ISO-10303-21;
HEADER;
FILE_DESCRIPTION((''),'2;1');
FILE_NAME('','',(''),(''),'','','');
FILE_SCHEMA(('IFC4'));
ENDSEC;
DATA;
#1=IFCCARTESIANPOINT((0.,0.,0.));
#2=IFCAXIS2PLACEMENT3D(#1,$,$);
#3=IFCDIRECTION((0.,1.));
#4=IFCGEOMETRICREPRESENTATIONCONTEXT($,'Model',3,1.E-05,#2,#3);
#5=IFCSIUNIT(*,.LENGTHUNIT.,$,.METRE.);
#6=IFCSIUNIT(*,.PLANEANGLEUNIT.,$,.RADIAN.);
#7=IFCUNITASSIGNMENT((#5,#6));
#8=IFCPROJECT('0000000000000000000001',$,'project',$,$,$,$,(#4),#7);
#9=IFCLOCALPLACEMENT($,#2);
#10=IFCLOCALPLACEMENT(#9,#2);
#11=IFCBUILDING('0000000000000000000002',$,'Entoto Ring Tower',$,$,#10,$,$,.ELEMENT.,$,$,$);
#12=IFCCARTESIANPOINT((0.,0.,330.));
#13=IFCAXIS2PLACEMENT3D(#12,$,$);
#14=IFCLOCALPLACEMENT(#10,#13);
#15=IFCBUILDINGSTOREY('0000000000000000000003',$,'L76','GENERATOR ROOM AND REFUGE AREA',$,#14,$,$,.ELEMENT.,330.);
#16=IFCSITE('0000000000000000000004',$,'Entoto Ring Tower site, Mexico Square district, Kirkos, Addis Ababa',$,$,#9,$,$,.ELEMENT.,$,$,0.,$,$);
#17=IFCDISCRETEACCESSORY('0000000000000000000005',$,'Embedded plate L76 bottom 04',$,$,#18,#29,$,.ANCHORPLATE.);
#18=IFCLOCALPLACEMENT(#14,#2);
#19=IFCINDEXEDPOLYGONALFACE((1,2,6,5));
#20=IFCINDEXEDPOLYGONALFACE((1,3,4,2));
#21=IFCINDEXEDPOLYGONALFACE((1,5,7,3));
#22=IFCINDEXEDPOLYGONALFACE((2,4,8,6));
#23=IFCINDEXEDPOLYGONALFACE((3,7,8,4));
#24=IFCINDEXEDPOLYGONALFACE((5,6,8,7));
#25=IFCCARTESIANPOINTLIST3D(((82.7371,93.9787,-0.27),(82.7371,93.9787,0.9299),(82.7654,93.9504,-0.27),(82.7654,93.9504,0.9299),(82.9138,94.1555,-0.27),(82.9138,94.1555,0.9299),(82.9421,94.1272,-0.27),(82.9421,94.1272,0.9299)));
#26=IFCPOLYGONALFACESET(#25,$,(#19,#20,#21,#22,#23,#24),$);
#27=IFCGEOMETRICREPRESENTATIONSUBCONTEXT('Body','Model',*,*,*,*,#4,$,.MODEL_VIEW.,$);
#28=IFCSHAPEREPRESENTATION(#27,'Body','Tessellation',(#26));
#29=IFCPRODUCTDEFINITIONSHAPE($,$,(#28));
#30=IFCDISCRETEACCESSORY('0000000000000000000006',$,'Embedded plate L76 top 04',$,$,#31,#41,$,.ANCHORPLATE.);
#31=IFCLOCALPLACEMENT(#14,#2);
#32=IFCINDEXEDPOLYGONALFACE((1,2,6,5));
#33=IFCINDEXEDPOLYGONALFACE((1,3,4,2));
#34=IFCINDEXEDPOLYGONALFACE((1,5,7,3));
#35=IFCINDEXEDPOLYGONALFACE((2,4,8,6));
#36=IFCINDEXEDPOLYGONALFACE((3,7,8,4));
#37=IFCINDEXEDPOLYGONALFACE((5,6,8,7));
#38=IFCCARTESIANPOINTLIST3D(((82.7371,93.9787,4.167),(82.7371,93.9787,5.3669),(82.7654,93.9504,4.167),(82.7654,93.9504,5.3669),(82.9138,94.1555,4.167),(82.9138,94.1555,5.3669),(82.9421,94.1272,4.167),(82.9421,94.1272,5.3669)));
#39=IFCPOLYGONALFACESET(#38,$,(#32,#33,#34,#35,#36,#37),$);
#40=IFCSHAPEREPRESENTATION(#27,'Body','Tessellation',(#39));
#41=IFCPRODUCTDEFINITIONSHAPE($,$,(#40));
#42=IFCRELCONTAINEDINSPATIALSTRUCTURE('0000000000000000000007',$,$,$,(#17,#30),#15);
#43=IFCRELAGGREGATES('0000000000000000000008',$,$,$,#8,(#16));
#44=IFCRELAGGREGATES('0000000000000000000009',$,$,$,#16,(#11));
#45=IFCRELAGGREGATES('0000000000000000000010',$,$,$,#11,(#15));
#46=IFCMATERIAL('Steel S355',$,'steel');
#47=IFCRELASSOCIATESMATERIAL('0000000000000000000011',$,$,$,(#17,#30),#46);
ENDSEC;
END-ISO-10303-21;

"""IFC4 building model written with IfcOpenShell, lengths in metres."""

from ifc_helpers import new_model, si_unit, direction, frame, origin, origin_2d, place, context, subcontext, project, spatial, rectangle, extrude, material, element, save


model = new_model("IFC4")

# Units and contexts
model_context = context("Model", 3, precision=1e-05, world=origin(), true_north=direction((0.0, 1.0)))
body_context = subcontext(model_context, "Body", "Model", "MODEL_VIEW")
ifc_project = project(units=[si_unit("LENGTHUNIT", "METRE"), si_unit("PLANEANGLEUNIT", "RADIAN")], contexts=[model_context])

# Site, building, storey
site_placement = place(None, origin())
site = spatial("IfcSite", under=ifc_project, at=site_placement, Name="Entoto Ring Tower site, Mexico Square district, Kirkos, Addis Ababa", CompositionType="ELEMENT", RefElevation=0.0)
building_placement = place(site_placement, origin())
building = spatial("IfcBuilding", under=site, at=building_placement, Name="Entoto Ring Tower", CompositionType="ELEMENT")
storey_placement = place(building_placement, frame((0.0, 0.0, 330.0)))
storey = spatial("IfcBuildingStorey", under=building, at=storey_placement, Name="L76", Description="GENERATOR ROOM AND REFUGE AREA", CompositionType="ELEMENT", Elevation=330.0)

# Discrete accessories
ifc_material_1 = material(Name="Steel S355", Category="steel")
for number, where, z_axis, x_axis, name in (
    (1, (82.8396, 94.053, -0.27), (0.0, 0.0, 1.0), (-0.707107, 0.707107, 0.0), "Embedded plate L76 bottom 04"),
    (2, (82.8396, 94.053, 4.167), (0.0, 0.0, 1.0), (-0.707107, 0.707107, 0.0), "Embedded plate L76 top 04"),
):
    element("IfcDiscreteAccessory", number, at=place(storey_placement, frame(where, z_axis=z_axis, x_axis=x_axis)), inside=storey, material=ifc_material_1, Name=name, PredefinedType="ANCHORPLATE", context=body_context, shape_type="SweptSolid", body=[
        extrude(rectangle(XDim=0.04, YDim=0.25, at=origin_2d()), origin(), (0.0, 0.0, 1.0), 1.2),
    ])

save(model, "model.ifc")
